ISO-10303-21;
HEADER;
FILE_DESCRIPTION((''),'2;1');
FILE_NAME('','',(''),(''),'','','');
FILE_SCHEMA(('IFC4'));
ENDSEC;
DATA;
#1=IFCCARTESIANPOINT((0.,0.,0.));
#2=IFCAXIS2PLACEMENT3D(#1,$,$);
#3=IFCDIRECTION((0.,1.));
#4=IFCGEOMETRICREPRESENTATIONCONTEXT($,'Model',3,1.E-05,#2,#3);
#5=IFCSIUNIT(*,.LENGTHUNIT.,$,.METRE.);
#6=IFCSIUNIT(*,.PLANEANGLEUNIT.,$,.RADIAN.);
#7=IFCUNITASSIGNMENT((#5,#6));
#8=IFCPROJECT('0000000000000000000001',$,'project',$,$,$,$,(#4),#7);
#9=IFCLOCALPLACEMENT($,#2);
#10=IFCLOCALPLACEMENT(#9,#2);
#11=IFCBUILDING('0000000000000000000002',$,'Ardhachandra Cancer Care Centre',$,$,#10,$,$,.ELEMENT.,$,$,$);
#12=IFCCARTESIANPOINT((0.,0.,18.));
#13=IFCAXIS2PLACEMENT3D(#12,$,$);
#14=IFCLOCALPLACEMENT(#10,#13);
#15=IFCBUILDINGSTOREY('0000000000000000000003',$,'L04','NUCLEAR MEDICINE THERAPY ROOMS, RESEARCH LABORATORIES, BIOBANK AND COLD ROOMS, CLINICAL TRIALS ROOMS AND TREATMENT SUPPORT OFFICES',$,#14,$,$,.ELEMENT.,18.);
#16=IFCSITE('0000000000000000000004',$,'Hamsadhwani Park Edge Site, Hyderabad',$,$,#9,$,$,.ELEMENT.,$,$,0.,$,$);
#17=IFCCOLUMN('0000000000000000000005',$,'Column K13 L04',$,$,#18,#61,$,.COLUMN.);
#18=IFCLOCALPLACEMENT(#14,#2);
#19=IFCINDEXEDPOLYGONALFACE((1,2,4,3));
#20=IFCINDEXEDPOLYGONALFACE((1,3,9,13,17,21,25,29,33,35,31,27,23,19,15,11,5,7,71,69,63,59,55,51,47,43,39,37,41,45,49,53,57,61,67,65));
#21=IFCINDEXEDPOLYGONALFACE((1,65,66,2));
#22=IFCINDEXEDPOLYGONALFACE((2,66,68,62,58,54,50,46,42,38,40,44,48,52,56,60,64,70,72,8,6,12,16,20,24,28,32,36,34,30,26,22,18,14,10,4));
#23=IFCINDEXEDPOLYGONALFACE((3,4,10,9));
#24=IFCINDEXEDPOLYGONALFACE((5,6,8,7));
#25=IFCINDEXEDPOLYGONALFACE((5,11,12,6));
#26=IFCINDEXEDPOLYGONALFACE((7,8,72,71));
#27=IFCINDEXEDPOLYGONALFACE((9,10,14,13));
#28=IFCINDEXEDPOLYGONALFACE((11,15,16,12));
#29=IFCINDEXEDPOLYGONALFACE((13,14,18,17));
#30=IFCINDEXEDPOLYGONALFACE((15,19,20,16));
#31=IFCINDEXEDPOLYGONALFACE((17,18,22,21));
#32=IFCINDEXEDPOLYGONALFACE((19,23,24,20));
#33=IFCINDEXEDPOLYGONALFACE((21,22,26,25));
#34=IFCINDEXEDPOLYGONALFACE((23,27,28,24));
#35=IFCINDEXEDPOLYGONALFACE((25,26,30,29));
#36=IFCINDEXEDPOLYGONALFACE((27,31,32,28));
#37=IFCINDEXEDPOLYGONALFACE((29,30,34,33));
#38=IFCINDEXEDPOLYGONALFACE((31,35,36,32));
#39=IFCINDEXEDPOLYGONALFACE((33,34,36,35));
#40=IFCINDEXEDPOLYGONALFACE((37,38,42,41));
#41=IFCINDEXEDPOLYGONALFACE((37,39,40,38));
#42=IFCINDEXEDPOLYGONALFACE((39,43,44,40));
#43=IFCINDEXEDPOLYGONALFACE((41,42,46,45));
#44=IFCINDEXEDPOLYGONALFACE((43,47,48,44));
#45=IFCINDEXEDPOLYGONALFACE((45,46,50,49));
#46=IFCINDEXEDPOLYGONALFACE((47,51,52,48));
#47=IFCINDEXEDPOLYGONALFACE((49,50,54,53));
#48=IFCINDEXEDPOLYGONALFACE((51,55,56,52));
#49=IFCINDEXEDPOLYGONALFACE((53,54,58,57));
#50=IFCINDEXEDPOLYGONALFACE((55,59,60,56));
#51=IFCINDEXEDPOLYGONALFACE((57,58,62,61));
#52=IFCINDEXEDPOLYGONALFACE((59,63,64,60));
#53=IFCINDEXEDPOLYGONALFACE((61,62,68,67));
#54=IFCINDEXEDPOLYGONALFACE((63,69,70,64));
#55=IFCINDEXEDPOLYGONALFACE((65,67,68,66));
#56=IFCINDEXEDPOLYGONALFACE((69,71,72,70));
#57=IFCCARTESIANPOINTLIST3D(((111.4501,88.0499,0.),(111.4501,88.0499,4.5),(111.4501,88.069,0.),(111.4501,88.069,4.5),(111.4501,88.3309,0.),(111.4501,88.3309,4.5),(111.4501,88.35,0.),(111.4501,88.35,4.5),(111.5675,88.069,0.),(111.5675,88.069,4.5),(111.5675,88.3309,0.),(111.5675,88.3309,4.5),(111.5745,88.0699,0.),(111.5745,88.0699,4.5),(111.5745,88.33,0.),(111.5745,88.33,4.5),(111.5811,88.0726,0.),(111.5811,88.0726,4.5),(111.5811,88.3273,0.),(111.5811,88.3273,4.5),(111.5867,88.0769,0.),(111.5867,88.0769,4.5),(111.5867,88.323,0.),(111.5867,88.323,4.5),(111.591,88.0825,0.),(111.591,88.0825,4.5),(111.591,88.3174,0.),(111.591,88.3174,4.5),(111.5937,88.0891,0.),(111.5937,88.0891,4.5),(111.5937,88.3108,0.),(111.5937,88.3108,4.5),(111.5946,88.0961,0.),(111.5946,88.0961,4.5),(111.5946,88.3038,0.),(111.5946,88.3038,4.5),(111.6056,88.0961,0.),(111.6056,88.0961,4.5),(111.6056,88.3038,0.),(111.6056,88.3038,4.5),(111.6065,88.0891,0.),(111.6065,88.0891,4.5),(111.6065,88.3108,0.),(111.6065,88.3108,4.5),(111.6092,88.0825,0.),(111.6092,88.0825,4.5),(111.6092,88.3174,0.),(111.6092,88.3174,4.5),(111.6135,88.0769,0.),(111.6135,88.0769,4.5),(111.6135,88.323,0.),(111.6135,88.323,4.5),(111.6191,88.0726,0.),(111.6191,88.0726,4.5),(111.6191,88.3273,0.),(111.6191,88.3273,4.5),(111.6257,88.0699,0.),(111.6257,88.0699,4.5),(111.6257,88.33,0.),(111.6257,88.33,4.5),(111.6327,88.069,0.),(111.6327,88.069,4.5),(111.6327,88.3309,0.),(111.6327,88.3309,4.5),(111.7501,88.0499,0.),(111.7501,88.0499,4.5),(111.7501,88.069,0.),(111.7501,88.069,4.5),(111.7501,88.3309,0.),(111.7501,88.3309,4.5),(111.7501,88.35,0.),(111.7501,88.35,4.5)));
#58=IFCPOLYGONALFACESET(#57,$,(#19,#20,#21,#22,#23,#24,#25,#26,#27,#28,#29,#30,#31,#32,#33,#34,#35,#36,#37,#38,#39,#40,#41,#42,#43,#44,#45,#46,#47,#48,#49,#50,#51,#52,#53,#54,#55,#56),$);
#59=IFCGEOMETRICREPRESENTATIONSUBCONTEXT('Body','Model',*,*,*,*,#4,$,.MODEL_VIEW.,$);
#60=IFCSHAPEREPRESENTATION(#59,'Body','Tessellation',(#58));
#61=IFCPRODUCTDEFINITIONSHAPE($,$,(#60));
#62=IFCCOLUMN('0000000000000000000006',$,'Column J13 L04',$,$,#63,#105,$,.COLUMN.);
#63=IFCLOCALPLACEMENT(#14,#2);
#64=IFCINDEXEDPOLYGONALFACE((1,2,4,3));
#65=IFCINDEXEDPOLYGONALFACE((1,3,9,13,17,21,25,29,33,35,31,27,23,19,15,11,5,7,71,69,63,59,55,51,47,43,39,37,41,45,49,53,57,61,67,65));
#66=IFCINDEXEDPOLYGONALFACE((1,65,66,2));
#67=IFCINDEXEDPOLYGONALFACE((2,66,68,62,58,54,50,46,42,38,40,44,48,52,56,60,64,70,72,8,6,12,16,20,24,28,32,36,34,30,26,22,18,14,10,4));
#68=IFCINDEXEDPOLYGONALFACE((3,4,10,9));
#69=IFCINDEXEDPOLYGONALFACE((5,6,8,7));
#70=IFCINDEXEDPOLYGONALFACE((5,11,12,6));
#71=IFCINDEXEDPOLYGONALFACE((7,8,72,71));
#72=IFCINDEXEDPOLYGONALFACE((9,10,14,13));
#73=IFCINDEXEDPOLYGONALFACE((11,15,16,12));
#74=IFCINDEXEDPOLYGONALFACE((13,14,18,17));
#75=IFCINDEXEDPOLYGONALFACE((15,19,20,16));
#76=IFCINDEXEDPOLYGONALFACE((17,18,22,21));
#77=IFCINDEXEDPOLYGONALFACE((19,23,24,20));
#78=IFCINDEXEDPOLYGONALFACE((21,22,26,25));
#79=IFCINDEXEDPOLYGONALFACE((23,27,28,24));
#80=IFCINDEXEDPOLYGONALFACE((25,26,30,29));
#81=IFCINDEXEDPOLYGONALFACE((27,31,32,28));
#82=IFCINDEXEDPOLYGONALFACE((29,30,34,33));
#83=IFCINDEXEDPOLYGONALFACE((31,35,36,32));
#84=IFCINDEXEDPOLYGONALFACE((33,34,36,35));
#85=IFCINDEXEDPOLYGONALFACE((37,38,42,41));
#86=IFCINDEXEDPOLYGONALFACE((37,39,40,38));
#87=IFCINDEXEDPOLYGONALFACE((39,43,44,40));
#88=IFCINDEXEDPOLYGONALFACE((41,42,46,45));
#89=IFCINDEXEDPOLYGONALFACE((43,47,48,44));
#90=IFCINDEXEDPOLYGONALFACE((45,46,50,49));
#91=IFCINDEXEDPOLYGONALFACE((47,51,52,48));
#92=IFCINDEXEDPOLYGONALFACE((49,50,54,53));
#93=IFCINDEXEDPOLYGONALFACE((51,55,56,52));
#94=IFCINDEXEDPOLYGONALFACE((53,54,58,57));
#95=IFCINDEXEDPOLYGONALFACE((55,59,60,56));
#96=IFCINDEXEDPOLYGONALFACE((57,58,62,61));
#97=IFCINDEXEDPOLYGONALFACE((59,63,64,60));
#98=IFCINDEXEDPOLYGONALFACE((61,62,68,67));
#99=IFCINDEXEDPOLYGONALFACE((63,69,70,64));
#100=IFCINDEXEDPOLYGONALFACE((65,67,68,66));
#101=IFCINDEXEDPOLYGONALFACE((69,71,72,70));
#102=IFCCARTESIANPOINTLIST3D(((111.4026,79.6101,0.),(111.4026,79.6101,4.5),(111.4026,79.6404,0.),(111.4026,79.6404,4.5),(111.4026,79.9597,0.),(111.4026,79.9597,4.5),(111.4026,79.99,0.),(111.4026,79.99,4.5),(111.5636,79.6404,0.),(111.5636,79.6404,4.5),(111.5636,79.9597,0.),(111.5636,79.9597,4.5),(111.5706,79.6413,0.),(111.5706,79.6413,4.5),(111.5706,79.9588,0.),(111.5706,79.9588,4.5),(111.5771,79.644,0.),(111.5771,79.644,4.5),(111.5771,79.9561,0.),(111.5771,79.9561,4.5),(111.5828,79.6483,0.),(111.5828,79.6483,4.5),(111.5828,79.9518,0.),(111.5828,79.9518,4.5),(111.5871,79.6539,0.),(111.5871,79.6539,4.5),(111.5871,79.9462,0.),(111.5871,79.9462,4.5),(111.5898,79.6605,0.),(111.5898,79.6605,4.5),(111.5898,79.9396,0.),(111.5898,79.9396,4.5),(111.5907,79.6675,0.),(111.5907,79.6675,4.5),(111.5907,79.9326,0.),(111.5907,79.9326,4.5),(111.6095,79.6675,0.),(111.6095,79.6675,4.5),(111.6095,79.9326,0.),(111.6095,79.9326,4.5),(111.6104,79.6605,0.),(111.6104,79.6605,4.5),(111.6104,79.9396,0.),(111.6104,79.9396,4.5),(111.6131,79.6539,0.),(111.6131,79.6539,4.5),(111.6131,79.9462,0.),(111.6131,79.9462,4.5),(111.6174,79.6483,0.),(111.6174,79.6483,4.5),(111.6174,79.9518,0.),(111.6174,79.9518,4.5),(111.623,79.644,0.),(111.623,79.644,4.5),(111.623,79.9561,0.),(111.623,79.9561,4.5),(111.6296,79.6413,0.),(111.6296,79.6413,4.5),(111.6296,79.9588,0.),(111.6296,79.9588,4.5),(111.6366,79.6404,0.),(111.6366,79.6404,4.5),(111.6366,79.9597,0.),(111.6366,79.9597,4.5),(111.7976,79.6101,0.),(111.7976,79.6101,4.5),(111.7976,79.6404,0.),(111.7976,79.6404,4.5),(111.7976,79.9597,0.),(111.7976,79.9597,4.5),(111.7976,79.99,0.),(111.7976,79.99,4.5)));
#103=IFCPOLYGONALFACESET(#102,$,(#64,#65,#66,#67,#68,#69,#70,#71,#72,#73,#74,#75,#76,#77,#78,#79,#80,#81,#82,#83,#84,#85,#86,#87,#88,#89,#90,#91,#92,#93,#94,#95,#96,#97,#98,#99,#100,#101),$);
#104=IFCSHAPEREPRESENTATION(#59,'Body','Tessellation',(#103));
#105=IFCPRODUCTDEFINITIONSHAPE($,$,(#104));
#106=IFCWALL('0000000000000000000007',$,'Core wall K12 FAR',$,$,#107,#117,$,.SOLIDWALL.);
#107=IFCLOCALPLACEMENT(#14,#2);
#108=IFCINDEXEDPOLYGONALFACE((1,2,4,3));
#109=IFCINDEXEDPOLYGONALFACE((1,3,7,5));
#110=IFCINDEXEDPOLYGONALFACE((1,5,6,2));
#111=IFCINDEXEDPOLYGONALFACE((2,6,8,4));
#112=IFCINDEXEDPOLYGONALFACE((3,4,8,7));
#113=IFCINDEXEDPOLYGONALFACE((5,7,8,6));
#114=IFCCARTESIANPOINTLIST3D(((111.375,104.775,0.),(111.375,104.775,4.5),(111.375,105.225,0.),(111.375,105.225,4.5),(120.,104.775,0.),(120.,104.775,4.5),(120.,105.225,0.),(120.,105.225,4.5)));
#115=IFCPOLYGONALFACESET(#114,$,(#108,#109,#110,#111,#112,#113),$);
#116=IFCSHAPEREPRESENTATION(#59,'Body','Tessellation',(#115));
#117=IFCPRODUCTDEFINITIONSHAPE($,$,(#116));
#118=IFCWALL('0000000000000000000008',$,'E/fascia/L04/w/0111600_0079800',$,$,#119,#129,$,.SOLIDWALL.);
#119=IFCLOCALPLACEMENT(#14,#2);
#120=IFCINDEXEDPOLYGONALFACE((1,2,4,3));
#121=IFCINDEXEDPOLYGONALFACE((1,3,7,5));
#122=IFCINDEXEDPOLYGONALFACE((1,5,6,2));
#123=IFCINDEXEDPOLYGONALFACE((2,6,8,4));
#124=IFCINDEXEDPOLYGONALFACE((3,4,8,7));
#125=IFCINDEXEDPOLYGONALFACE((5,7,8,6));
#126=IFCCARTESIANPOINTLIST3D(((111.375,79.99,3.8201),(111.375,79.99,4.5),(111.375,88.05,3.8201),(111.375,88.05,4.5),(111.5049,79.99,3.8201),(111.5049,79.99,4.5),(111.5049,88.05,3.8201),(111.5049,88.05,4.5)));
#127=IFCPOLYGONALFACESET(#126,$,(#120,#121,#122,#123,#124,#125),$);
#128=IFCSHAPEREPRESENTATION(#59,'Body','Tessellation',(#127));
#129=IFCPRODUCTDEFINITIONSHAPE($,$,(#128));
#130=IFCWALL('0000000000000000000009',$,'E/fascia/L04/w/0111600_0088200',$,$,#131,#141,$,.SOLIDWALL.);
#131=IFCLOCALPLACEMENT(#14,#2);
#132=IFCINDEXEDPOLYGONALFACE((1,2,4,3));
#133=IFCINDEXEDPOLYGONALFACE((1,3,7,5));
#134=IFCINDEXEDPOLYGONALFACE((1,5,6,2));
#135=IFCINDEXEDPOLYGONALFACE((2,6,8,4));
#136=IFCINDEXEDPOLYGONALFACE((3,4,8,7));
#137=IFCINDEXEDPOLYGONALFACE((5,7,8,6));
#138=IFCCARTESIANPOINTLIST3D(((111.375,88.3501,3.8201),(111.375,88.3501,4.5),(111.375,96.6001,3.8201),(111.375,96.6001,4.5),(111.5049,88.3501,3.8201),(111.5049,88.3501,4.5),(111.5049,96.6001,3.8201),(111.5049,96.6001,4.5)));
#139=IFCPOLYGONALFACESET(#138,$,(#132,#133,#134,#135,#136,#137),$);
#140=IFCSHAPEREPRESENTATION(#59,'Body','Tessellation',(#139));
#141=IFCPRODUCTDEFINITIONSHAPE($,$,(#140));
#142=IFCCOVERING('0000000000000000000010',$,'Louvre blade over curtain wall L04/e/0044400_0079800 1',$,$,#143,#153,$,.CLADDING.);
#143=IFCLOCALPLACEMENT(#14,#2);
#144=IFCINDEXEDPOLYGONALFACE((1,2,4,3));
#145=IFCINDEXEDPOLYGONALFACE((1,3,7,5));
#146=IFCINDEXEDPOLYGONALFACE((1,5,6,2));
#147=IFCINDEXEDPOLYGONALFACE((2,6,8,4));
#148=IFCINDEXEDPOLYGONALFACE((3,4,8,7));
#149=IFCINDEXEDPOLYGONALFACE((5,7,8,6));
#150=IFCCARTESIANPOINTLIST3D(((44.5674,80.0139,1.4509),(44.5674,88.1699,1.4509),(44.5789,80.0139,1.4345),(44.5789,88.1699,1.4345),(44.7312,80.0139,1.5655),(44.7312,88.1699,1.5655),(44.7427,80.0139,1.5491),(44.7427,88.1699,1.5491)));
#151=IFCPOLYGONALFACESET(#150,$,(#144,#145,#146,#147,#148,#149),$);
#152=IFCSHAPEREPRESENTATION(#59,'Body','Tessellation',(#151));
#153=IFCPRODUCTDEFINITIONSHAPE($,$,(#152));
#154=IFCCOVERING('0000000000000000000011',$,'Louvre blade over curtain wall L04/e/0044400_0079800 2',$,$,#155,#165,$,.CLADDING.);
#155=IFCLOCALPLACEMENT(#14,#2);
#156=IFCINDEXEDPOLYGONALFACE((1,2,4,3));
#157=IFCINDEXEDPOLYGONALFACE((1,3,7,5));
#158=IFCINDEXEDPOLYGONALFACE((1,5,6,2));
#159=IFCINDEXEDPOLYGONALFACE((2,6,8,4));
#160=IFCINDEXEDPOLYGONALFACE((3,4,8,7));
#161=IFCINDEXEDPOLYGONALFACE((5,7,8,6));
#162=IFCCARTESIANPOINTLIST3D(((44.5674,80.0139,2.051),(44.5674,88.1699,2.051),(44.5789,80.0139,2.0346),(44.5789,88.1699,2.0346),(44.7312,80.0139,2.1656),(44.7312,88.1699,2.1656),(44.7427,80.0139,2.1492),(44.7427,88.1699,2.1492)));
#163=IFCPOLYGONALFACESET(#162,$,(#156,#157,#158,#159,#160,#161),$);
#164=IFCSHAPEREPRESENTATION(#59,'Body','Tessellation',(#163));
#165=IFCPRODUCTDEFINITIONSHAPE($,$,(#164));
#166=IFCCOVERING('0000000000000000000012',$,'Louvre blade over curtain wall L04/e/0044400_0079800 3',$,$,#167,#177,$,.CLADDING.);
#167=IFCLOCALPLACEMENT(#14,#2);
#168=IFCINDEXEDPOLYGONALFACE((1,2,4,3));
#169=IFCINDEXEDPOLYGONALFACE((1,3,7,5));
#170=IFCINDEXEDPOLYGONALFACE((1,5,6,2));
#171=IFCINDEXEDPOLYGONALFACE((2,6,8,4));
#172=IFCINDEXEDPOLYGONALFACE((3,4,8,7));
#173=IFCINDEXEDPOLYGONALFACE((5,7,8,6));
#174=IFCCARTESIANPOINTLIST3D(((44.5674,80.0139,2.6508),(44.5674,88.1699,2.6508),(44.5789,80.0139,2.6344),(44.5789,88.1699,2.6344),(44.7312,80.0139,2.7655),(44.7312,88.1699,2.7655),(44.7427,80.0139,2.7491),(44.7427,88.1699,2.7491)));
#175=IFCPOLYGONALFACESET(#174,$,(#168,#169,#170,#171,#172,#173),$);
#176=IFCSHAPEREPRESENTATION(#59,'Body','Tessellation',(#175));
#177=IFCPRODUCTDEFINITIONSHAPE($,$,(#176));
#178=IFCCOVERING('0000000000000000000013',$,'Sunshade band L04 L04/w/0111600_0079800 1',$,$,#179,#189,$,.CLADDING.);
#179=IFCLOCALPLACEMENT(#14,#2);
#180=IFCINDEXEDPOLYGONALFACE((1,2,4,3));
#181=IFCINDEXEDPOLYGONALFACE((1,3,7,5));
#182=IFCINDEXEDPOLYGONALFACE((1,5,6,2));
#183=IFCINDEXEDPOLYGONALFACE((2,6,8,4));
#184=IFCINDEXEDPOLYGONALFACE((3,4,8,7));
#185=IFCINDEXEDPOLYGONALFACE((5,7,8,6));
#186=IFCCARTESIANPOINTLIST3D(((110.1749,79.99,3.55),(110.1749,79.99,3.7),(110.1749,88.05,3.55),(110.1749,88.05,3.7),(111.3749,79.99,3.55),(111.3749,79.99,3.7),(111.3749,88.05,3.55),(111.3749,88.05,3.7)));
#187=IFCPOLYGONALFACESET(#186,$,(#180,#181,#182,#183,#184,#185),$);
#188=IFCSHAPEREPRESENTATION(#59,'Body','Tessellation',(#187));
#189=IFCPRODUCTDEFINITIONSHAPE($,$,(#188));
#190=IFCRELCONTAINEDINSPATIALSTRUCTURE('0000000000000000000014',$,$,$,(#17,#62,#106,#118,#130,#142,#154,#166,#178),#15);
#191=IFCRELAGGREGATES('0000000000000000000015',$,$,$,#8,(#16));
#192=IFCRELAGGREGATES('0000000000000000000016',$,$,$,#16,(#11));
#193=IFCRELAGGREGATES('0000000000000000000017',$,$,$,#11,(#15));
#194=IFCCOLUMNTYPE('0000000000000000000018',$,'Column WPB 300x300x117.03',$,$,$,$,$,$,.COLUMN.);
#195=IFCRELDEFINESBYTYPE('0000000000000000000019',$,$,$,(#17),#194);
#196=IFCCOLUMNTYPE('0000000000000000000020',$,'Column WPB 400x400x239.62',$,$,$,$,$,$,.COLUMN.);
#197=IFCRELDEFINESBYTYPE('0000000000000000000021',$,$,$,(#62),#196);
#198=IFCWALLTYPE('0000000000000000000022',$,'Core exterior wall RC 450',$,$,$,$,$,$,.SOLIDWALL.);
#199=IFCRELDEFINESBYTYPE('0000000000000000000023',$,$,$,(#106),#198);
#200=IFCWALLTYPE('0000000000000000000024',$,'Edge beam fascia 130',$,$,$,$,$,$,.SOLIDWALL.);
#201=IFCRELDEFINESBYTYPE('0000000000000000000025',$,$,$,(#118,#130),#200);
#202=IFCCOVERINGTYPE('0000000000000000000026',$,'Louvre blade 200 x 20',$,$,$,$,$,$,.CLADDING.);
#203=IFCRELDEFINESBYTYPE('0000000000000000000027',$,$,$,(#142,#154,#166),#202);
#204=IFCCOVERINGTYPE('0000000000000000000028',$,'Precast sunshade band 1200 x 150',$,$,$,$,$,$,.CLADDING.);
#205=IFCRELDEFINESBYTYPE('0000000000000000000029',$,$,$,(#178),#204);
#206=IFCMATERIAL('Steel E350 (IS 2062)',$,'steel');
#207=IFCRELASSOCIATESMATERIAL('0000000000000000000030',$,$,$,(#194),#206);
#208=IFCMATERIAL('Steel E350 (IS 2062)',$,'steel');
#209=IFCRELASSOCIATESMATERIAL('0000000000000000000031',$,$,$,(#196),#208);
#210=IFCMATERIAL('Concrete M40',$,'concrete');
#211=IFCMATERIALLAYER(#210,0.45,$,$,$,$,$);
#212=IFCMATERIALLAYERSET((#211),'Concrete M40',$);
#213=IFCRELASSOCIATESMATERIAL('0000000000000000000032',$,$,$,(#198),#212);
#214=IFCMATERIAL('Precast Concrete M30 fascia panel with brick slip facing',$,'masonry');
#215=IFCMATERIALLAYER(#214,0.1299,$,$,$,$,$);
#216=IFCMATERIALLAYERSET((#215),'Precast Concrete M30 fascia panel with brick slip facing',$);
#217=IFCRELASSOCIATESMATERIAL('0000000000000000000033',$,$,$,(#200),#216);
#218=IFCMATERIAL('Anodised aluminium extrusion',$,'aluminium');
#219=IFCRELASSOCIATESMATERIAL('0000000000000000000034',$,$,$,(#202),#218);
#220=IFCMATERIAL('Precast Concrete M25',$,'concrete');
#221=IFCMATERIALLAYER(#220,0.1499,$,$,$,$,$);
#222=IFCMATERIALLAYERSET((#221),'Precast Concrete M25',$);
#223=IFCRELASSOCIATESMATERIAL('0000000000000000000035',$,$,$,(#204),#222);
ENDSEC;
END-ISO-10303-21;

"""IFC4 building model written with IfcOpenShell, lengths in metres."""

from ifc_helpers import new_model, si_unit, direction, frame, frame_2d, origin, origin_2d, place, context, subcontext, project, spatial, rectangle, i_section, extrude, material, layer, layer_set, material_profile, profile_set, type_object, element, save


model = new_model("IFC4")

# Units and contexts
model_context = context("Model", 3, precision=1e-05, world=origin(), true_north=direction((0.0, 1.0)))
body_context = subcontext(model_context, "Body", "Model", "MODEL_VIEW")
ifc_project = project(units=[si_unit("LENGTHUNIT", "METRE"), si_unit("PLANEANGLEUNIT", "RADIAN")], contexts=[model_context])

# Site, building, storey
site_placement = place(None, origin())
site = spatial("IfcSite", under=ifc_project, at=site_placement, Name="Hamsadhwani Park Edge Site, Hyderabad", CompositionType="ELEMENT", RefElevation=0.0)
building_placement = place(site_placement, origin())
building = spatial("IfcBuilding", under=site, at=building_placement, Name="Ardhachandra Cancer Care Centre", CompositionType="ELEMENT")
storey_placement = place(building_placement, frame((0.0, 0.0, 18.0)))
storey = spatial("IfcBuildingStorey", under=building, at=storey_placement, Name="L04", Description="NUCLEAR MEDICINE THERAPY ROOMS, RESEARCH LABORATORIES, BIOBANK AND COLD ROOMS, CLINICAL TRIALS ROOMS AND TREATMENT SUPPORT OFFICES", CompositionType="ELEMENT", Elevation=18.0)

# Columns
ifc_material_1 = material(Name="Steel E350 (IS 2062)", Category="steel")
ifc_material_profile_1 = material_profile(ifc_material_1, i_section(OverallWidth=0.3, OverallDepth=0.3, WebThickness=0.011, FlangeThickness=0.019, FilletRadius=0.0271, at=origin_2d()), Name="WPB 300x300x117.03")
ifc_profile_set_1 = profile_set([ifc_material_profile_1], Name="Steel E350 (IS 2062)")
column_type_1 = type_object("IfcColumnType", Name="Column WPB 300x300x117.03", PredefinedType="COLUMN", material=ifc_profile_set_1)
column_1_placement = place(storey_placement, frame((111.6001, 88.2, 0.0), z_axis=(0.0, 0.0, 1.0), x_axis=(1.0, 0.0, 0.0)))
element("IfcColumn", 1, at=column_1_placement, inside=storey, type_object=column_type_1, Name="Column K13 L04", PredefinedType="COLUMN", context=body_context, shape_type="SweptSolid", body=[
    extrude(i_section(OverallWidth=0.3, OverallDepth=0.3, WebThickness=0.011, FlangeThickness=0.019, FilletRadius=0.0271, at=origin_2d()), origin(), (0.0, 0.0, 1.0), 4.5),
])
ifc_material_2 = material(Name="Steel E350 (IS 2062)", Category="steel")
ifc_material_profile_2 = material_profile(ifc_material_2, i_section(OverallWidth=0.395, OverallDepth=0.3799, WebThickness=0.0188, FlangeThickness=0.0303, FilletRadius=0.0271, at=origin_2d()), Name="WPB 400x400x239.62")
ifc_profile_set_2 = profile_set([ifc_material_profile_2], Name="Steel E350 (IS 2062)")
column_type_2 = type_object("IfcColumnType", Name="Column WPB 400x400x239.62", PredefinedType="COLUMN", material=ifc_profile_set_2)
column_2_placement = place(storey_placement, frame((111.6001, 79.8, 0.0), z_axis=(0.0, 0.0, 1.0), x_axis=(1.0, 0.0, 0.0)))
element("IfcColumn", 2, at=column_2_placement, inside=storey, type_object=column_type_2, Name="Column J13 L04", PredefinedType="COLUMN", context=body_context, shape_type="SweptSolid", body=[
    extrude(i_section(OverallWidth=0.395, OverallDepth=0.3799, WebThickness=0.0188, FlangeThickness=0.0303, FilletRadius=0.0271, at=origin_2d()), origin(), (0.0, 0.0, 1.0), 4.5),
])

# Walls
ifc_material_3 = material(Name="Concrete M40", Category="concrete")
ifc_layer_1 = layer(ifc_material_3, 0.45)
ifc_layer_set_1 = layer_set([ifc_layer_1], Name="Concrete M40")
wall_type_1 = type_object("IfcWallType", Name="Core exterior wall RC 450", PredefinedType="SOLIDWALL", material=ifc_layer_set_1)
wall_1_placement = place(storey_placement, frame((111.375, 105.0, 0.0), z_axis=(0.0, 0.0, 1.0), x_axis=(1.0, 0.0, 0.0)))
element("IfcWall", 3, at=wall_1_placement, inside=storey, type_object=wall_type_1, Name="Core wall K12 FAR", PredefinedType="SOLIDWALL", context=body_context, shape_type="SweptSolid", body=[
    extrude(rectangle(XDim=8.625, YDim=0.45, at=frame_2d((4.3125, 0.0))), origin(), (0.0, 0.0, 1.0), 4.5),
])
ifc_material_4 = material(Name="Precast Concrete M30 fascia panel with brick slip facing", Category="masonry")
ifc_layer_2 = layer(ifc_material_4, 0.1299)
ifc_layer_set_2 = layer_set([ifc_layer_2], Name="Precast Concrete M30 fascia panel with brick slip facing")
wall_type_2 = type_object("IfcWallType", Name="Edge beam fascia 130", PredefinedType="SOLIDWALL", material=ifc_layer_set_2)
wall_2_placement = place(storey_placement, frame((111.4399, 79.99, 3.8201), z_axis=(0.0, 0.0, 1.0), x_axis=(0.0, 1.0, 0.0)))
element("IfcWall", 4, at=wall_2_placement, inside=storey, type_object=wall_type_2, Name="E/fascia/L04/w/0111600_0079800", PredefinedType="SOLIDWALL", context=body_context, shape_type="SweptSolid", body=[
    extrude(rectangle(XDim=8.0601, YDim=0.1299, at=frame_2d((4.03, 0.0))), origin(), (0.0, 0.0, 1.0), 0.6799),
])
wall_3_placement = place(storey_placement, frame((111.4399, 88.3501, 3.8201), z_axis=(0.0, 0.0, 1.0), x_axis=(0.0, 1.0, 0.0)))
element("IfcWall", 5, at=wall_3_placement, inside=storey, type_object=wall_type_2, Name="E/fascia/L04/w/0111600_0088200", PredefinedType="SOLIDWALL", context=body_context, shape_type="SweptSolid", body=[
    extrude(rectangle(XDim=8.25, YDim=0.1299, at=frame_2d((4.125, 0.0))), origin(), (0.0, 0.0, 1.0), 0.6799),
])

# Coverings
ifc_material_5 = material(Name="Anodised aluminium extrusion", Category="aluminium")
ifc_material_profile_3 = material_profile(ifc_material_5, rectangle(XDim=0.2, YDim=0.02, at=origin_2d()), Name="Louvre blade 200 x 20")
ifc_profile_set_3 = profile_set([ifc_material_profile_3], Name="Anodised aluminium extrusion")
covering_type_1 = type_object("IfcCoveringType", Name="Louvre blade 200 x 20", PredefinedType="CLADDING", material=ifc_profile_set_3)
for number, where, z_axis, x_axis, name in (
    (6, (44.655, 80.0139, 1.5), (0.0, 1.0, 0.0), (-0.819152, 0.0, -0.573576), "Louvre blade over curtain wall L04/e/0044400_0079800 1"),
    (7, (44.655, 80.0139, 2.1001), (0.0, 1.0, 0.0), (-0.819152, 0.0, -0.573576), "Louvre blade over curtain wall L04/e/0044400_0079800 2"),
    (8, (44.655, 80.0139, 2.7), (0.0, 1.0, 0.0), (-0.819152, 0.0, -0.573576), "Louvre blade over curtain wall L04/e/0044400_0079800 3"),
):
    element("IfcCovering", number, at=place(storey_placement, frame(where, z_axis=z_axis, x_axis=x_axis)), inside=storey, type_object=covering_type_1, Name=name, PredefinedType="CLADDING", context=body_context, shape_type="SweptSolid", body=[
        extrude(rectangle(XDim=0.2, YDim=0.02, at=origin_2d()), origin(), (0.0, 0.0, 1.0), 8.156),
    ])
ifc_material_6 = material(Name="Precast Concrete M25", Category="concrete")
ifc_layer_3 = layer(ifc_material_6, 0.1499)
ifc_layer_set_3 = layer_set([ifc_layer_3], Name="Precast Concrete M25")
covering_type_2 = type_object("IfcCoveringType", Name="Precast sunshade band 1200 x 150", PredefinedType="CLADDING", material=ifc_layer_set_3)
covering_1_placement = place(storey_placement, frame((110.7749, 84.02, 3.55), z_axis=(0.0, 0.0, 1.0), x_axis=(0.0, 1.0, 0.0)))
element("IfcCovering", 9, at=covering_1_placement, inside=storey, type_object=covering_type_2, Name="Sunshade band L04 L04/w/0111600_0079800 1", PredefinedType="CLADDING", context=body_context, shape_type="SweptSolid", body=[
    extrude(rectangle(XDim=8.0601, YDim=1.2, at=origin_2d()), origin(), (0.0, 0.0, 1.0), 0.1499),
])

save(model, "model.ifc")
